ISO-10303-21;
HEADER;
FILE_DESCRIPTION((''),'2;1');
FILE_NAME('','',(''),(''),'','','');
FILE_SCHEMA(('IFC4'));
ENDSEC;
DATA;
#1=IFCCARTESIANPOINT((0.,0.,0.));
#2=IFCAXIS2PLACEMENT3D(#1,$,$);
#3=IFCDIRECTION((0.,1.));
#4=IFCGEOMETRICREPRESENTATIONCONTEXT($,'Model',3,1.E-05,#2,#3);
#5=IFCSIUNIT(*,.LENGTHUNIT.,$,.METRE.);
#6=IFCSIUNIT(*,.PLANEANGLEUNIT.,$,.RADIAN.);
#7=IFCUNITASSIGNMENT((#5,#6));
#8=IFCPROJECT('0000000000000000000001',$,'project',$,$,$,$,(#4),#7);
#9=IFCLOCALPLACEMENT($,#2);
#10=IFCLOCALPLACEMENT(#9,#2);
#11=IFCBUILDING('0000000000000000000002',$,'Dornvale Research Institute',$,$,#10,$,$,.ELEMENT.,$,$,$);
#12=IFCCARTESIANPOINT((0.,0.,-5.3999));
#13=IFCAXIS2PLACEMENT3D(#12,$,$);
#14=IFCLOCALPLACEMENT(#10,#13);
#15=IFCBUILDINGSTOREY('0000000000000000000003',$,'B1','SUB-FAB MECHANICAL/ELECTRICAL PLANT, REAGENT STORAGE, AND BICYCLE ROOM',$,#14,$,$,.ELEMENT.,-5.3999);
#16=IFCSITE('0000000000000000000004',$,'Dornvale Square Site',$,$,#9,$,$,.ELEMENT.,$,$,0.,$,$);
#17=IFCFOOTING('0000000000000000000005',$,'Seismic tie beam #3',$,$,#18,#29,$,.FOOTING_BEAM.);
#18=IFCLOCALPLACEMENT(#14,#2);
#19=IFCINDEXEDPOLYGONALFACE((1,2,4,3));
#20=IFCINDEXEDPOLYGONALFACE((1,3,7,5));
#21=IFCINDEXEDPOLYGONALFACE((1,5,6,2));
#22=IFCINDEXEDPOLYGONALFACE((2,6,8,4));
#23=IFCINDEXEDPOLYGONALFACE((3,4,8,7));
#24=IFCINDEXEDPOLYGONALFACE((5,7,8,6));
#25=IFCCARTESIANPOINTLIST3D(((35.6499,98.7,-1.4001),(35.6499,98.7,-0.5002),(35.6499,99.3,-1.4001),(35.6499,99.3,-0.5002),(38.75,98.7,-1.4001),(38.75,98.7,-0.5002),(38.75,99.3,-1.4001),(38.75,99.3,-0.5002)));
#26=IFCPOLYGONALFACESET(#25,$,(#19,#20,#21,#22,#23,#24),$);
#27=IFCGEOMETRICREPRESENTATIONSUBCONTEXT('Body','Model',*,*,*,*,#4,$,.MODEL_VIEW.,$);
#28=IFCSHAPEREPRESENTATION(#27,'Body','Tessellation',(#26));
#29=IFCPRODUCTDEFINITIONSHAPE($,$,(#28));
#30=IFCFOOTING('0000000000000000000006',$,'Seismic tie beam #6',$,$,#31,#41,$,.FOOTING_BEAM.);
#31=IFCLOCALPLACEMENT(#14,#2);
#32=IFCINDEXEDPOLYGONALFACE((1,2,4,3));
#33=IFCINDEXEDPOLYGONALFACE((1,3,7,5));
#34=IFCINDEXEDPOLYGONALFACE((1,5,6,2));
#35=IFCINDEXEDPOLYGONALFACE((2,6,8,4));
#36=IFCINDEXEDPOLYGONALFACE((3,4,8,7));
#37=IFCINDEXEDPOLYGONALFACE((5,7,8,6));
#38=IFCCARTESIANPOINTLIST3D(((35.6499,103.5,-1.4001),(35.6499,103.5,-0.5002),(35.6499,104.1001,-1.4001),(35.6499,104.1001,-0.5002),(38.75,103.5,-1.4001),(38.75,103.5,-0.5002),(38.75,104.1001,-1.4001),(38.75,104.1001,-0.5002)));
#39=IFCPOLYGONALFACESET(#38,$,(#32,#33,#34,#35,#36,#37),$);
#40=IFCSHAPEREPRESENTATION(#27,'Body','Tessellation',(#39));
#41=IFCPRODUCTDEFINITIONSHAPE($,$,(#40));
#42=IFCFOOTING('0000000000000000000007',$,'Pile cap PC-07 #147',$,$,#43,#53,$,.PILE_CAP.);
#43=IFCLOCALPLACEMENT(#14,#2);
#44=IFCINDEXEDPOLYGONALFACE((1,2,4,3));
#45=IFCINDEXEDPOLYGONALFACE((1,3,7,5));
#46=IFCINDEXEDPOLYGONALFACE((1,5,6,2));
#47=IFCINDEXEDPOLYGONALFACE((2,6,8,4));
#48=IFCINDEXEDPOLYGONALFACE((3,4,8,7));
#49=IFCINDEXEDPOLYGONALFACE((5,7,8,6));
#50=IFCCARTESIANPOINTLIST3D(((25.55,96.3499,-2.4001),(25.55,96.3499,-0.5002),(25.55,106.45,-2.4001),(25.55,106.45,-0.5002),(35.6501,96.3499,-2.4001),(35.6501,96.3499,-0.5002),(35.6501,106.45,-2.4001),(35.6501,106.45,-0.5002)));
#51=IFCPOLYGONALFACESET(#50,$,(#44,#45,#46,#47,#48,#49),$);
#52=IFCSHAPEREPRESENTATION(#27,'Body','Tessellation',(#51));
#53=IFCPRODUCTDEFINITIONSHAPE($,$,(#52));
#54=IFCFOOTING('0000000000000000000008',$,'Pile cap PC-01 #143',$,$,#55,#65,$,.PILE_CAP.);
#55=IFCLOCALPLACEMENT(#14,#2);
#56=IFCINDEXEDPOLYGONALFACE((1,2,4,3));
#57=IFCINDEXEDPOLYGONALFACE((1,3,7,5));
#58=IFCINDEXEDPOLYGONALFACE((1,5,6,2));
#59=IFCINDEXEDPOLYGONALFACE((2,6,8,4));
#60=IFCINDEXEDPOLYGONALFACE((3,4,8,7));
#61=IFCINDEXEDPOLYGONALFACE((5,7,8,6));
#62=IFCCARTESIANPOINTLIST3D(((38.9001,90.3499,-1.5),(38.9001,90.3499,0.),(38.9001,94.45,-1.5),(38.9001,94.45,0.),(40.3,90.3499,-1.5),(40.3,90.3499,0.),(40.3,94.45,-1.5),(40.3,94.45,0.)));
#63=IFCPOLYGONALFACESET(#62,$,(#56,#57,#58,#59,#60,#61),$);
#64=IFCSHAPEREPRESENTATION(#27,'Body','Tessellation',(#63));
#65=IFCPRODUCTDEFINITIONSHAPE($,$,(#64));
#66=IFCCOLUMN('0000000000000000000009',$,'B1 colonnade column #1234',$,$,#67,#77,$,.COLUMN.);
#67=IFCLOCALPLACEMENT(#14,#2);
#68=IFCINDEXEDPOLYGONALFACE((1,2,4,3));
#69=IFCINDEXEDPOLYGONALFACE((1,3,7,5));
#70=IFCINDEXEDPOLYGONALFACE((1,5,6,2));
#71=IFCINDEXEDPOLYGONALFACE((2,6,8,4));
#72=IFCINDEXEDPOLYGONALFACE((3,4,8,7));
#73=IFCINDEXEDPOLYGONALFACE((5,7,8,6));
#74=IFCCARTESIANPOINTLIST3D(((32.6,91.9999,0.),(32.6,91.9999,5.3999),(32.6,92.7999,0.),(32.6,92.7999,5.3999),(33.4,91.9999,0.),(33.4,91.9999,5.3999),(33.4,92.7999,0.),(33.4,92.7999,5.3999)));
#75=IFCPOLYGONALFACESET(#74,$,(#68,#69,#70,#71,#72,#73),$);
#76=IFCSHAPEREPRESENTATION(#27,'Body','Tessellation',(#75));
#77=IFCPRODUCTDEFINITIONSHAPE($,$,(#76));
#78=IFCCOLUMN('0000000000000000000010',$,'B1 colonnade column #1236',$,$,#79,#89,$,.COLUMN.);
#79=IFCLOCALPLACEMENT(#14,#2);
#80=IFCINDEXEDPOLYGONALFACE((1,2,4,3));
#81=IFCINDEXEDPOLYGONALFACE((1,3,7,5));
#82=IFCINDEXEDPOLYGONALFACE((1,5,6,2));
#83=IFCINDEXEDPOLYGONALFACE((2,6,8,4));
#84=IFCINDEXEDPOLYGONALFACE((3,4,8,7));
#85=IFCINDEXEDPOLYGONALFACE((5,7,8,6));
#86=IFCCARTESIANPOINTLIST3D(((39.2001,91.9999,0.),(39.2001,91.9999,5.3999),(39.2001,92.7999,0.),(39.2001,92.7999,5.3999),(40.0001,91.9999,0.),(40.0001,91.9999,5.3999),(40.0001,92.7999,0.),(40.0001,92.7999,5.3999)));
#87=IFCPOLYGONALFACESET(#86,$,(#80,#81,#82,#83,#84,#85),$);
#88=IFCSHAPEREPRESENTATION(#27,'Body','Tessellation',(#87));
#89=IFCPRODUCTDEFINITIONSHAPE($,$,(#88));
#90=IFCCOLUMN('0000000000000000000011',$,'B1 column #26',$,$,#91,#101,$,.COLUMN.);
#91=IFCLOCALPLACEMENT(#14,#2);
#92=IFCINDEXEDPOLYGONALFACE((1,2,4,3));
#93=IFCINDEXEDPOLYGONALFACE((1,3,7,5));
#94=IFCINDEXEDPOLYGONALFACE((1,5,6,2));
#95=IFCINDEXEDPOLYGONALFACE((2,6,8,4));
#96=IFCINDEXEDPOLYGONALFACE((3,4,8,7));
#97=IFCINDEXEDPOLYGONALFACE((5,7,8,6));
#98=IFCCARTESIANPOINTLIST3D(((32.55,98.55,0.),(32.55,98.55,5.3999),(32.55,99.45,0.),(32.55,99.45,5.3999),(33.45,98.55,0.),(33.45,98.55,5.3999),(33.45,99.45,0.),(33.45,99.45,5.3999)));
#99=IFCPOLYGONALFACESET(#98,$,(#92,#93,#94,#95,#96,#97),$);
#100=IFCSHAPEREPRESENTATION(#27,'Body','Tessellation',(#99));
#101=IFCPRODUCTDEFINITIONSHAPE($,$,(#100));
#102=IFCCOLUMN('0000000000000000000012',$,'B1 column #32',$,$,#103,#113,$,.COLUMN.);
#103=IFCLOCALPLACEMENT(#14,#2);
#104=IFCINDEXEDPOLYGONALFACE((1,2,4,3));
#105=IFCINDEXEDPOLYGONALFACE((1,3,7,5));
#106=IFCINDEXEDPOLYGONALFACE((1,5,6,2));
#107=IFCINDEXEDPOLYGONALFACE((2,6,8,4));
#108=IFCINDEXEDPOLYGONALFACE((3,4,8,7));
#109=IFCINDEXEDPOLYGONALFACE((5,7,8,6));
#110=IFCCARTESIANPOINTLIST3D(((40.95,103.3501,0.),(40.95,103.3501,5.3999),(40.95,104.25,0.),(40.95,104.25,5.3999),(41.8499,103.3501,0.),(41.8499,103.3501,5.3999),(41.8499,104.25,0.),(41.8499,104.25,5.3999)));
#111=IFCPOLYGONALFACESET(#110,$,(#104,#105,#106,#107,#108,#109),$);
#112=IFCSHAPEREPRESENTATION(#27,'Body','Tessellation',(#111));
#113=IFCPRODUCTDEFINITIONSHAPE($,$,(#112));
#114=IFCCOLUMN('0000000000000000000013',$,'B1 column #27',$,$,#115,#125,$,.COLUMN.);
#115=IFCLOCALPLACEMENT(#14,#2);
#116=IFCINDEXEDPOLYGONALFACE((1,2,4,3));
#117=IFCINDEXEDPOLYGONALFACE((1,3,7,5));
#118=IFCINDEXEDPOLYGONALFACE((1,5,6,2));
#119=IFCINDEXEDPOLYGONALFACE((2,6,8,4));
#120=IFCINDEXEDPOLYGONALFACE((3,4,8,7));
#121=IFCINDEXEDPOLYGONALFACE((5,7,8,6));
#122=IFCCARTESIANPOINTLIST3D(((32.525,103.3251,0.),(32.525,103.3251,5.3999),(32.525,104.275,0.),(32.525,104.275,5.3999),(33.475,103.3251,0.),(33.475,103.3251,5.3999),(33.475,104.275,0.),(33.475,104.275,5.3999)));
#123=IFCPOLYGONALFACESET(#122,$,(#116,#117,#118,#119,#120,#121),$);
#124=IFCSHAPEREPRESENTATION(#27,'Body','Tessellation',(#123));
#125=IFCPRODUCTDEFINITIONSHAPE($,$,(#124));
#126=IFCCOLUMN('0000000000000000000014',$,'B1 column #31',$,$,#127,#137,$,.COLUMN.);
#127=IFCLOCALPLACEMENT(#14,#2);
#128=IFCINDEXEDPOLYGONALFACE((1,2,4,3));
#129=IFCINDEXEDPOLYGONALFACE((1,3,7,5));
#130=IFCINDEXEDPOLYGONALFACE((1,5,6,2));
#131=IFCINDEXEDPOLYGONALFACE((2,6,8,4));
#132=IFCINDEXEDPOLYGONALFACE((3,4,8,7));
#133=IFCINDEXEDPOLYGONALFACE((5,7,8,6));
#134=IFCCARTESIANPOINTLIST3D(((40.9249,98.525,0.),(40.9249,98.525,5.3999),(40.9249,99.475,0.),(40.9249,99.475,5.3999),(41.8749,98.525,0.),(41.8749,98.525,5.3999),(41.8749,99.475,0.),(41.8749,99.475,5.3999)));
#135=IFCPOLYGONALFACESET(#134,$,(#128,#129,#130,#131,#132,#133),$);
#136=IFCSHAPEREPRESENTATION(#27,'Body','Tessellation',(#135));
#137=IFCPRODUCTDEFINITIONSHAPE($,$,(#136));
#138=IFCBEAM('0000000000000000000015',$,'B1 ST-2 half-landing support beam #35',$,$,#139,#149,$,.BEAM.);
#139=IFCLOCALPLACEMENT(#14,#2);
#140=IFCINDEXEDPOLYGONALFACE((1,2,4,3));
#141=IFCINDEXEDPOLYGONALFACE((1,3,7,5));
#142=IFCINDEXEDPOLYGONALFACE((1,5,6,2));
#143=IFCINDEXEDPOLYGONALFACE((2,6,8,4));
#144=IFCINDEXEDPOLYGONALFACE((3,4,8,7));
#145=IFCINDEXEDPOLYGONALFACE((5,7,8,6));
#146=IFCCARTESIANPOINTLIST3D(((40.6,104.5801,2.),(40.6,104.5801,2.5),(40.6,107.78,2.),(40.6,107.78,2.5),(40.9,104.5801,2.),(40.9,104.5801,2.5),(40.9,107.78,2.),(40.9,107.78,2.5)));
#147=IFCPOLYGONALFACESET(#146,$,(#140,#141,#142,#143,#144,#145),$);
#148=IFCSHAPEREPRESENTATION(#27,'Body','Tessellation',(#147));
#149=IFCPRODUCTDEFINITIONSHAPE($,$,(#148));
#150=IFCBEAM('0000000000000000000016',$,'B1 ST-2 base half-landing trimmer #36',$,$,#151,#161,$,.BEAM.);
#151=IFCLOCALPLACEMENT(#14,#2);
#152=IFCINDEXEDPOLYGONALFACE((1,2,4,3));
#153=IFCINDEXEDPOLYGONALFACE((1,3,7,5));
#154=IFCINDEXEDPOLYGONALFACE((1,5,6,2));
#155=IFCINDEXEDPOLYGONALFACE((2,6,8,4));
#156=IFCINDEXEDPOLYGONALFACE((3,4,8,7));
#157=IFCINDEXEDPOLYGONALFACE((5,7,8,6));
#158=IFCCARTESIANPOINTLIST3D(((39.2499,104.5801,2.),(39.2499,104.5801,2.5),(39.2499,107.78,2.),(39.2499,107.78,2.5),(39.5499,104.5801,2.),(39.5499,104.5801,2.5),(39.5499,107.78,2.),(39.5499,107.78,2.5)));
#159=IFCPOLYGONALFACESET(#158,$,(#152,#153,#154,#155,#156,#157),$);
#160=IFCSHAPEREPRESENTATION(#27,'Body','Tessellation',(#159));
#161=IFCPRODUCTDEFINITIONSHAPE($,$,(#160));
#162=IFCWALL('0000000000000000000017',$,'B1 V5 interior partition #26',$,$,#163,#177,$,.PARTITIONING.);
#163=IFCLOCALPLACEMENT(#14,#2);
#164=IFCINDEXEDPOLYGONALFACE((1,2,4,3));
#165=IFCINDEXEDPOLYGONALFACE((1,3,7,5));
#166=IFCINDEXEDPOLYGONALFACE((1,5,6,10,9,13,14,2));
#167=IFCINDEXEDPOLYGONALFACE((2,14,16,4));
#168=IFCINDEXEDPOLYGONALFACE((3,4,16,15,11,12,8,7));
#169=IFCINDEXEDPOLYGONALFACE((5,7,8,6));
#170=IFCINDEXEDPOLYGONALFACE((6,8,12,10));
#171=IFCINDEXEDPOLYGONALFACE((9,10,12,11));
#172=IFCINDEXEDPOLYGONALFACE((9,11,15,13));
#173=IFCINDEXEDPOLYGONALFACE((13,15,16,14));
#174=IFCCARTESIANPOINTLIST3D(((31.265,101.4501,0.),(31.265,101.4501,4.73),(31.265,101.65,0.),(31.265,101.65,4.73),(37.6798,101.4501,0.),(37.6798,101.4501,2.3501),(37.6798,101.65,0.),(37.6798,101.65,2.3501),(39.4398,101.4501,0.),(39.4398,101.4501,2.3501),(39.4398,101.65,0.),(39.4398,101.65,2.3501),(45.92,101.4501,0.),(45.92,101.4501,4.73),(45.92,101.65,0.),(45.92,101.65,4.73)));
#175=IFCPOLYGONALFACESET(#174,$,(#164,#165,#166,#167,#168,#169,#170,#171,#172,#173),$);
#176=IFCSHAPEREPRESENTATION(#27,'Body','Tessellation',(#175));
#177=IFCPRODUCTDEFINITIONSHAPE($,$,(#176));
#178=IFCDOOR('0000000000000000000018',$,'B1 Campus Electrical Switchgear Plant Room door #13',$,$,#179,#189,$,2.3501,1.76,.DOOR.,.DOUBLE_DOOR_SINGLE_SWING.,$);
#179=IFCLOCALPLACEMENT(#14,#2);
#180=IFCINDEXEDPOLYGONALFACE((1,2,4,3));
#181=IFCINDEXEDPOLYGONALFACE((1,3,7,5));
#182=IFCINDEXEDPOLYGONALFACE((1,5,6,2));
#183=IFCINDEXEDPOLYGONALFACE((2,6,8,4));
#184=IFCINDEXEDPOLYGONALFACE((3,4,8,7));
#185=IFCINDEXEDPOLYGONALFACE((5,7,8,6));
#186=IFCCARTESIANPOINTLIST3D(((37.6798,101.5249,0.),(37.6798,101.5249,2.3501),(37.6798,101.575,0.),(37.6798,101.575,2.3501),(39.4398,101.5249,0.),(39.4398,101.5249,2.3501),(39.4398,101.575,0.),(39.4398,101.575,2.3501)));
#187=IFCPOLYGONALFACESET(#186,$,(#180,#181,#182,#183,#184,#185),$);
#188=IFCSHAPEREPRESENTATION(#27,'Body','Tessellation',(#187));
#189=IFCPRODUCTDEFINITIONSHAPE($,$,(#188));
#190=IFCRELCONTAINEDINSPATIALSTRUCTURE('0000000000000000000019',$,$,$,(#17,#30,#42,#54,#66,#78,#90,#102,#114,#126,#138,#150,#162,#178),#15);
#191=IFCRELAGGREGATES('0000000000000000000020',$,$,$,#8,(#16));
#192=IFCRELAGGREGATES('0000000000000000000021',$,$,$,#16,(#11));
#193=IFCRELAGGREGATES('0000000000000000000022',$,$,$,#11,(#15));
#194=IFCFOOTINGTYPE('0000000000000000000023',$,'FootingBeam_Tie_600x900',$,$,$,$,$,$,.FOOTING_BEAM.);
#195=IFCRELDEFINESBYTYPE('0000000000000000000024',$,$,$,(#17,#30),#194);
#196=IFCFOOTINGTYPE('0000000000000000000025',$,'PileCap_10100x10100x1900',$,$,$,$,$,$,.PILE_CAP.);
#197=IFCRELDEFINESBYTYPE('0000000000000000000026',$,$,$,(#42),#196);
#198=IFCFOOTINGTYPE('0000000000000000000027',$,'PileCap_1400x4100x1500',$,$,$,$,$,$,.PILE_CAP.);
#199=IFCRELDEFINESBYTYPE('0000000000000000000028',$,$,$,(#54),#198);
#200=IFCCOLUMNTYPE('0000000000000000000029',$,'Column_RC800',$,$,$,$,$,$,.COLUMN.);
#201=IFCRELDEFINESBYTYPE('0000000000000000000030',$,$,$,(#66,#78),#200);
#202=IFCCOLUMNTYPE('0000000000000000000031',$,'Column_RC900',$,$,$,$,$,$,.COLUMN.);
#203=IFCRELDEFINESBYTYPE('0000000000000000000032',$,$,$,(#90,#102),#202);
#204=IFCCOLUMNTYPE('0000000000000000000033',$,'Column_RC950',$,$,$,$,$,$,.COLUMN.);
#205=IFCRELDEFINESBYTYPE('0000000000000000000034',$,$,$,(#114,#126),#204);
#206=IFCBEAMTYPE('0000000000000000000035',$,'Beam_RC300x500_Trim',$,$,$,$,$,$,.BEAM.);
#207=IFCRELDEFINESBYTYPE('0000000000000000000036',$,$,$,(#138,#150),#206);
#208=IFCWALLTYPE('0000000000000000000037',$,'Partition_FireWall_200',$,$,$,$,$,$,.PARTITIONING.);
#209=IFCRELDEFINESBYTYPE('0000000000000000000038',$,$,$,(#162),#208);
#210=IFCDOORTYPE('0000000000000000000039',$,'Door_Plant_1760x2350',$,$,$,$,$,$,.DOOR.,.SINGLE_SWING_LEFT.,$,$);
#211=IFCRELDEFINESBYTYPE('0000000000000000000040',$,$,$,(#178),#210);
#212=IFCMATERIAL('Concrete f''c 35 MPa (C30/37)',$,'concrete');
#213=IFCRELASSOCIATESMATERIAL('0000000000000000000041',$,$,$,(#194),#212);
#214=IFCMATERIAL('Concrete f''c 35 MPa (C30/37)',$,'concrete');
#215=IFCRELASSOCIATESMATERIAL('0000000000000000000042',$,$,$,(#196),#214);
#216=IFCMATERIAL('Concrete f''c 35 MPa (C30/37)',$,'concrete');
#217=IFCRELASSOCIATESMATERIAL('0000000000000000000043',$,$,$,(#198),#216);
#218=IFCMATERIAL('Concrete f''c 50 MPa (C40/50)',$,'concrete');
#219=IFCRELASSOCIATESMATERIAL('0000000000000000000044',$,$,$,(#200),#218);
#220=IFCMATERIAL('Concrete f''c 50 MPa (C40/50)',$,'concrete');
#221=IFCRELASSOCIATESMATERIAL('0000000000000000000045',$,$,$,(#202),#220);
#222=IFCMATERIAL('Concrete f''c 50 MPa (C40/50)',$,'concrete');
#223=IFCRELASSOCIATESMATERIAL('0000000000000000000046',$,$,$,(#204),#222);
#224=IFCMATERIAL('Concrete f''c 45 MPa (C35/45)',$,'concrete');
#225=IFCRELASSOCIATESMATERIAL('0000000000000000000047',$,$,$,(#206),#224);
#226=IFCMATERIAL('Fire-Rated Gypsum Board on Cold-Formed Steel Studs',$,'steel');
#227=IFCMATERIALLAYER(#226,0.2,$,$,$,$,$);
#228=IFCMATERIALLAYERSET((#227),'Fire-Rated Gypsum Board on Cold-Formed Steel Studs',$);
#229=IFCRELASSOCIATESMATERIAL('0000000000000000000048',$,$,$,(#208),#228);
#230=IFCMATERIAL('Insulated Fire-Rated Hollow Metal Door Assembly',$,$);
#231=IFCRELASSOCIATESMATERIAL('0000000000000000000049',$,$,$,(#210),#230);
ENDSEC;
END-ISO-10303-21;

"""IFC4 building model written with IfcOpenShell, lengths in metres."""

from ifc_helpers import new_model, si_unit, direction, frame, frame_2d, origin, origin_2d, place, context, subcontext, project, spatial, rectangle, extrude, material, layer, layer_set, material_profile, profile_set, type_object, element, fill, save


model = new_model("IFC4")

# Units and contexts
model_context = context("Model", 3, precision=1e-05, world=origin(), true_north=direction((0.0, 1.0)))
body_context = subcontext(model_context, "Body", "Model", "MODEL_VIEW")
ifc_project = project(units=[si_unit("LENGTHUNIT", "METRE"), si_unit("PLANEANGLEUNIT", "RADIAN")], contexts=[model_context])

# Site, building, storey
site_placement = place(None, origin())
site = spatial("IfcSite", under=ifc_project, at=site_placement, Name="Dornvale Square Site", CompositionType="ELEMENT", RefElevation=0.0)
building_placement = place(site_placement, origin())
building = spatial("IfcBuilding", under=site, at=building_placement, Name="Dornvale Research Institute", CompositionType="ELEMENT")
storey_placement = place(building_placement, frame((0.0, 0.0, -5.3999)))
storey = spatial("IfcBuildingStorey", under=building, at=storey_placement, Name="B1", Description="SUB-FAB MECHANICAL/ELECTRICAL PLANT, REAGENT STORAGE, AND BICYCLE ROOM", CompositionType="ELEMENT", Elevation=-5.3999)

# Footings
ifc_material_1 = material(Name="Concrete f'c 35 MPa (C30/37)", Category="concrete")
footing_type_1 = type_object("IfcFootingType", Name="FootingBeam_Tie_600x900", PredefinedType="FOOTING_BEAM", material=ifc_material_1)
for number, where, z_axis, x_axis, name in (
    (1, (37.2, 99.0, -1.4001), (0.0, 0.0, 1.0), (1.0, 0.0, 0.0), "Seismic tie beam #3"),
    (2, (37.2, 103.8, -1.4001), (0.0, 0.0, 1.0), (1.0, 0.0, 0.0), "Seismic tie beam #6"),
):
    element("IfcFooting", number, at=place(storey_placement, frame(where, z_axis=z_axis, x_axis=x_axis)), inside=storey, type_object=footing_type_1, Name=name, PredefinedType="FOOTING_BEAM", context=body_context, shape_type="SweptSolid", body=[
        extrude(rectangle(XDim=3.1001, YDim=0.6001, at=origin_2d()), origin(), (0.0, 0.0, 1.0), 0.8999),
    ])
ifc_material_2 = material(Name="Concrete f'c 35 MPa (C30/37)", Category="concrete")
footing_type_2 = type_object("IfcFootingType", Name="PileCap_10100x10100x1900", PredefinedType="PILE_CAP", material=ifc_material_2)
footing_1_placement = place(storey_placement, frame((30.6001, 101.3999, -2.4001), z_axis=(0.0, 0.0, 1.0), x_axis=(1.0, 0.0, 0.0)))
element("IfcFooting", 3, at=footing_1_placement, inside=storey, type_object=footing_type_2, Name="Pile cap PC-07 #147", PredefinedType="PILE_CAP", context=body_context, shape_type="SweptSolid", body=[
    extrude(rectangle(XDim=10.1001, YDim=10.1001, at=origin_2d()), origin(), (0.0, 0.0, 1.0), 1.8999),
])
ifc_material_3 = material(Name="Concrete f'c 35 MPa (C30/37)", Category="concrete")
footing_type_3 = type_object("IfcFootingType", Name="PileCap_1400x4100x1500", PredefinedType="PILE_CAP", material=ifc_material_3)
footing_2_placement = place(storey_placement, frame((39.6001, 92.3999, -1.5), z_axis=(0.0, 0.0, 1.0), x_axis=(1.0, 0.0, 0.0)))
element("IfcFooting", 4, at=footing_2_placement, inside=storey, type_object=footing_type_3, Name="Pile cap PC-01 #143", PredefinedType="PILE_CAP", context=body_context, shape_type="SweptSolid", body=[
    extrude(rectangle(XDim=1.3999, YDim=4.1001, at=origin_2d()), origin(), (0.0, 0.0, 1.0), 1.5),
])

# Columns
ifc_material_4 = material(Name="Concrete f'c 50 MPa (C40/50)", Category="concrete")
ifc_material_profile_1 = material_profile(ifc_material_4, rectangle(XDim=0.8, YDim=0.8, at=origin_2d()), Name="RC 800x800")
ifc_profile_set_1 = profile_set([ifc_material_profile_1], Name="Concrete f'c 50 MPa (C40/50)")
column_type_1 = type_object("IfcColumnType", Name="Column_RC800", PredefinedType="COLUMN", material=ifc_profile_set_1)
for number, where, z_axis, x_axis, name in (
    (5, (33.0, 92.3999, 0.0), (0.0, 0.0, 1.0), (1.0, 0.0, 0.0), "B1 colonnade column #1234"),
    (6, (39.6001, 92.3999, 0.0), (0.0, 0.0, 1.0), (1.0, 0.0, 0.0), "B1 colonnade column #1236"),
):
    element("IfcColumn", number, at=place(storey_placement, frame(where, z_axis=z_axis, x_axis=x_axis)), inside=storey, type_object=column_type_1, Name=name, PredefinedType="COLUMN", context=body_context, shape_type="SweptSolid", body=[
        extrude(rectangle(XDim=0.8, YDim=0.8, at=origin_2d()), origin(), (0.0, 0.0, 1.0), 5.3999),
    ])
ifc_material_5 = material(Name="Concrete f'c 50 MPa (C40/50)", Category="concrete")
ifc_material_profile_2 = material_profile(ifc_material_5, rectangle(XDim=0.8999, YDim=0.8999, at=origin_2d()), Name="RC 900x900")
ifc_profile_set_2 = profile_set([ifc_material_profile_2], Name="Concrete f'c 50 MPa (C40/50)")
column_type_2 = type_object("IfcColumnType", Name="Column_RC900", PredefinedType="COLUMN", material=ifc_profile_set_2)
for number, where, z_axis, x_axis, name in (
    (7, (33.0, 99.0, 0.0), (0.0, 0.0, 1.0), (1.0, 0.0, 0.0), "B1 column #26"),
    (8, (41.3999, 103.8, 0.0), (0.0, 0.0, 1.0), (1.0, 0.0, 0.0), "B1 column #32"),
):
    element("IfcColumn", number, at=place(storey_placement, frame(where, z_axis=z_axis, x_axis=x_axis)), inside=storey, type_object=column_type_2, Name=name, PredefinedType="COLUMN", context=body_context, shape_type="SweptSolid", body=[
        extrude(rectangle(XDim=0.8999, YDim=0.8999, at=origin_2d()), origin(), (0.0, 0.0, 1.0), 5.3999),
    ])
ifc_material_6 = material(Name="Concrete f'c 50 MPa (C40/50)", Category="concrete")
ifc_material_profile_3 = material_profile(ifc_material_6, rectangle(XDim=0.95, YDim=0.95, at=origin_2d()), Name="RC 950x950")
ifc_profile_set_3 = profile_set([ifc_material_profile_3], Name="Concrete f'c 50 MPa (C40/50)")
column_type_3 = type_object("IfcColumnType", Name="Column_RC950", PredefinedType="COLUMN", material=ifc_profile_set_3)
for number, where, z_axis, x_axis, name in (
    (9, (33.0, 103.8, 0.0), (0.0, 0.0, 1.0), (1.0, 0.0, 0.0), "B1 column #27"),
    (10, (41.3999, 99.0, 0.0), (0.0, 0.0, 1.0), (1.0, 0.0, 0.0), "B1 column #31"),
):
    element("IfcColumn", number, at=place(storey_placement, frame(where, z_axis=z_axis, x_axis=x_axis)), inside=storey, type_object=column_type_3, Name=name, PredefinedType="COLUMN", context=body_context, shape_type="SweptSolid", body=[
        extrude(rectangle(XDim=0.95, YDim=0.95, at=origin_2d()), origin(), (0.0, 0.0, 1.0), 5.3999),
    ])

# Beams
ifc_material_7 = material(Name="Concrete f'c 45 MPa (C35/45)", Category="concrete")
ifc_material_profile_4 = material_profile(ifc_material_7, rectangle(XDim=0.3, YDim=0.5, at=origin_2d()), Name="RC 300x500")
ifc_profile_set_4 = profile_set([ifc_material_profile_4], Name="Concrete f'c 45 MPa (C35/45)")
beam_type = type_object("IfcBeamType", Name="Beam_RC300x500_Trim", PredefinedType="BEAM", material=ifc_profile_set_4)
for number, where, z_axis, x_axis, name in (
    (11, (40.75, 104.5801, 2.25), (0.0, 1.0, 0.0), (-1.0, 0.0, 0.0), "B1 ST-2 half-landing support beam #35"),
    (12, (39.3999, 104.5801, 2.25), (0.0, 1.0, 0.0), (-1.0, 0.0, 0.0), "B1 ST-2 base half-landing trimmer #36"),
):
    element("IfcBeam", number, at=place(storey_placement, frame(where, z_axis=z_axis, x_axis=x_axis)), inside=storey, type_object=beam_type, Name=name, PredefinedType="BEAM", context=body_context, shape_type="SweptSolid", body=[
        extrude(rectangle(XDim=0.3, YDim=0.5, at=origin_2d()), origin(), (0.0, 0.0, 1.0), 3.2),
    ])

# Wall, opening, door
ifc_material_8 = material(Name="Fire-Rated Gypsum Board on Cold-Formed Steel Studs", Category="steel")
ifc_layer_1 = layer(ifc_material_8, 0.2)
ifc_layer_set_1 = layer_set([ifc_layer_1], Name="Fire-Rated Gypsum Board on Cold-Formed Steel Studs")
wall_type_1 = type_object("IfcWallType", Name="Partition_FireWall_200", PredefinedType="PARTITIONING", material=ifc_layer_set_1)
wall_1_placement = place(storey_placement, frame((31.2649, 101.55, 0.0), z_axis=(0.0, 0.0, 1.0), x_axis=(1.0, 0.0, 0.0)))
wall_1 = element("IfcWall", 13, at=wall_1_placement, inside=storey, type_object=wall_type_1, Name="B1 V5 interior partition #26", PredefinedType="PARTITIONING", context=body_context, shape_type="SweptSolid", body=[
    extrude(rectangle(XDim=14.655, YDim=0.2, at=frame_2d((7.3276, 0.0))), origin(), (0.0, 0.0, 1.0), 4.73),
])
opening_placement = place(wall_1_placement, frame((6.415, 0.0, 0.0)))
opening = element("IfcOpeningElement", 14, at=opening_placement, cuts=wall_1, PredefinedType="OPENING", context=body_context, shape_type="SweptSolid", body=[
    extrude(rectangle(XDim=1.76, YDim=2.3501, at=frame_2d((0.8799, 1.175))), frame((0.0, 0.115, 0.0), z_axis=(0.0, -1.0, 0.0), x_axis=(1.0, 0.0, 0.0)), (0.0, 0.0, 1.0), 0.23),
])
ifc_material_9 = material(Name="Insulated Fire-Rated Hollow Metal Door Assembly")
door_type = type_object("IfcDoorType", Name="Door_Plant_1760x2350", OperationType="SINGLE_SWING_LEFT", PredefinedType="DOOR", material=ifc_material_9)
door_placement = place(opening_placement, origin())
door = element("IfcDoor", 15, at=door_placement, inside=storey, type_object=door_type, Name="B1 Campus Electrical Switchgear Plant Room door #13", OperationType="DOUBLE_DOOR_SINGLE_SWING", OverallHeight=2.3501, OverallWidth=1.76, PredefinedType="DOOR", context=body_context, shape_type="SweptSolid", body=[
    extrude(rectangle(XDim=1.76, YDim=2.3501, at=frame_2d((0.8799, 1.175))), frame((0.0, 0.0249, 0.0), z_axis=(0.0, -1.0, 0.0), x_axis=(1.0, 0.0, 0.0)), (0.0, 0.0, 1.0), 0.05),
])
fill(opening, door)

save(model, "model.ifc")
